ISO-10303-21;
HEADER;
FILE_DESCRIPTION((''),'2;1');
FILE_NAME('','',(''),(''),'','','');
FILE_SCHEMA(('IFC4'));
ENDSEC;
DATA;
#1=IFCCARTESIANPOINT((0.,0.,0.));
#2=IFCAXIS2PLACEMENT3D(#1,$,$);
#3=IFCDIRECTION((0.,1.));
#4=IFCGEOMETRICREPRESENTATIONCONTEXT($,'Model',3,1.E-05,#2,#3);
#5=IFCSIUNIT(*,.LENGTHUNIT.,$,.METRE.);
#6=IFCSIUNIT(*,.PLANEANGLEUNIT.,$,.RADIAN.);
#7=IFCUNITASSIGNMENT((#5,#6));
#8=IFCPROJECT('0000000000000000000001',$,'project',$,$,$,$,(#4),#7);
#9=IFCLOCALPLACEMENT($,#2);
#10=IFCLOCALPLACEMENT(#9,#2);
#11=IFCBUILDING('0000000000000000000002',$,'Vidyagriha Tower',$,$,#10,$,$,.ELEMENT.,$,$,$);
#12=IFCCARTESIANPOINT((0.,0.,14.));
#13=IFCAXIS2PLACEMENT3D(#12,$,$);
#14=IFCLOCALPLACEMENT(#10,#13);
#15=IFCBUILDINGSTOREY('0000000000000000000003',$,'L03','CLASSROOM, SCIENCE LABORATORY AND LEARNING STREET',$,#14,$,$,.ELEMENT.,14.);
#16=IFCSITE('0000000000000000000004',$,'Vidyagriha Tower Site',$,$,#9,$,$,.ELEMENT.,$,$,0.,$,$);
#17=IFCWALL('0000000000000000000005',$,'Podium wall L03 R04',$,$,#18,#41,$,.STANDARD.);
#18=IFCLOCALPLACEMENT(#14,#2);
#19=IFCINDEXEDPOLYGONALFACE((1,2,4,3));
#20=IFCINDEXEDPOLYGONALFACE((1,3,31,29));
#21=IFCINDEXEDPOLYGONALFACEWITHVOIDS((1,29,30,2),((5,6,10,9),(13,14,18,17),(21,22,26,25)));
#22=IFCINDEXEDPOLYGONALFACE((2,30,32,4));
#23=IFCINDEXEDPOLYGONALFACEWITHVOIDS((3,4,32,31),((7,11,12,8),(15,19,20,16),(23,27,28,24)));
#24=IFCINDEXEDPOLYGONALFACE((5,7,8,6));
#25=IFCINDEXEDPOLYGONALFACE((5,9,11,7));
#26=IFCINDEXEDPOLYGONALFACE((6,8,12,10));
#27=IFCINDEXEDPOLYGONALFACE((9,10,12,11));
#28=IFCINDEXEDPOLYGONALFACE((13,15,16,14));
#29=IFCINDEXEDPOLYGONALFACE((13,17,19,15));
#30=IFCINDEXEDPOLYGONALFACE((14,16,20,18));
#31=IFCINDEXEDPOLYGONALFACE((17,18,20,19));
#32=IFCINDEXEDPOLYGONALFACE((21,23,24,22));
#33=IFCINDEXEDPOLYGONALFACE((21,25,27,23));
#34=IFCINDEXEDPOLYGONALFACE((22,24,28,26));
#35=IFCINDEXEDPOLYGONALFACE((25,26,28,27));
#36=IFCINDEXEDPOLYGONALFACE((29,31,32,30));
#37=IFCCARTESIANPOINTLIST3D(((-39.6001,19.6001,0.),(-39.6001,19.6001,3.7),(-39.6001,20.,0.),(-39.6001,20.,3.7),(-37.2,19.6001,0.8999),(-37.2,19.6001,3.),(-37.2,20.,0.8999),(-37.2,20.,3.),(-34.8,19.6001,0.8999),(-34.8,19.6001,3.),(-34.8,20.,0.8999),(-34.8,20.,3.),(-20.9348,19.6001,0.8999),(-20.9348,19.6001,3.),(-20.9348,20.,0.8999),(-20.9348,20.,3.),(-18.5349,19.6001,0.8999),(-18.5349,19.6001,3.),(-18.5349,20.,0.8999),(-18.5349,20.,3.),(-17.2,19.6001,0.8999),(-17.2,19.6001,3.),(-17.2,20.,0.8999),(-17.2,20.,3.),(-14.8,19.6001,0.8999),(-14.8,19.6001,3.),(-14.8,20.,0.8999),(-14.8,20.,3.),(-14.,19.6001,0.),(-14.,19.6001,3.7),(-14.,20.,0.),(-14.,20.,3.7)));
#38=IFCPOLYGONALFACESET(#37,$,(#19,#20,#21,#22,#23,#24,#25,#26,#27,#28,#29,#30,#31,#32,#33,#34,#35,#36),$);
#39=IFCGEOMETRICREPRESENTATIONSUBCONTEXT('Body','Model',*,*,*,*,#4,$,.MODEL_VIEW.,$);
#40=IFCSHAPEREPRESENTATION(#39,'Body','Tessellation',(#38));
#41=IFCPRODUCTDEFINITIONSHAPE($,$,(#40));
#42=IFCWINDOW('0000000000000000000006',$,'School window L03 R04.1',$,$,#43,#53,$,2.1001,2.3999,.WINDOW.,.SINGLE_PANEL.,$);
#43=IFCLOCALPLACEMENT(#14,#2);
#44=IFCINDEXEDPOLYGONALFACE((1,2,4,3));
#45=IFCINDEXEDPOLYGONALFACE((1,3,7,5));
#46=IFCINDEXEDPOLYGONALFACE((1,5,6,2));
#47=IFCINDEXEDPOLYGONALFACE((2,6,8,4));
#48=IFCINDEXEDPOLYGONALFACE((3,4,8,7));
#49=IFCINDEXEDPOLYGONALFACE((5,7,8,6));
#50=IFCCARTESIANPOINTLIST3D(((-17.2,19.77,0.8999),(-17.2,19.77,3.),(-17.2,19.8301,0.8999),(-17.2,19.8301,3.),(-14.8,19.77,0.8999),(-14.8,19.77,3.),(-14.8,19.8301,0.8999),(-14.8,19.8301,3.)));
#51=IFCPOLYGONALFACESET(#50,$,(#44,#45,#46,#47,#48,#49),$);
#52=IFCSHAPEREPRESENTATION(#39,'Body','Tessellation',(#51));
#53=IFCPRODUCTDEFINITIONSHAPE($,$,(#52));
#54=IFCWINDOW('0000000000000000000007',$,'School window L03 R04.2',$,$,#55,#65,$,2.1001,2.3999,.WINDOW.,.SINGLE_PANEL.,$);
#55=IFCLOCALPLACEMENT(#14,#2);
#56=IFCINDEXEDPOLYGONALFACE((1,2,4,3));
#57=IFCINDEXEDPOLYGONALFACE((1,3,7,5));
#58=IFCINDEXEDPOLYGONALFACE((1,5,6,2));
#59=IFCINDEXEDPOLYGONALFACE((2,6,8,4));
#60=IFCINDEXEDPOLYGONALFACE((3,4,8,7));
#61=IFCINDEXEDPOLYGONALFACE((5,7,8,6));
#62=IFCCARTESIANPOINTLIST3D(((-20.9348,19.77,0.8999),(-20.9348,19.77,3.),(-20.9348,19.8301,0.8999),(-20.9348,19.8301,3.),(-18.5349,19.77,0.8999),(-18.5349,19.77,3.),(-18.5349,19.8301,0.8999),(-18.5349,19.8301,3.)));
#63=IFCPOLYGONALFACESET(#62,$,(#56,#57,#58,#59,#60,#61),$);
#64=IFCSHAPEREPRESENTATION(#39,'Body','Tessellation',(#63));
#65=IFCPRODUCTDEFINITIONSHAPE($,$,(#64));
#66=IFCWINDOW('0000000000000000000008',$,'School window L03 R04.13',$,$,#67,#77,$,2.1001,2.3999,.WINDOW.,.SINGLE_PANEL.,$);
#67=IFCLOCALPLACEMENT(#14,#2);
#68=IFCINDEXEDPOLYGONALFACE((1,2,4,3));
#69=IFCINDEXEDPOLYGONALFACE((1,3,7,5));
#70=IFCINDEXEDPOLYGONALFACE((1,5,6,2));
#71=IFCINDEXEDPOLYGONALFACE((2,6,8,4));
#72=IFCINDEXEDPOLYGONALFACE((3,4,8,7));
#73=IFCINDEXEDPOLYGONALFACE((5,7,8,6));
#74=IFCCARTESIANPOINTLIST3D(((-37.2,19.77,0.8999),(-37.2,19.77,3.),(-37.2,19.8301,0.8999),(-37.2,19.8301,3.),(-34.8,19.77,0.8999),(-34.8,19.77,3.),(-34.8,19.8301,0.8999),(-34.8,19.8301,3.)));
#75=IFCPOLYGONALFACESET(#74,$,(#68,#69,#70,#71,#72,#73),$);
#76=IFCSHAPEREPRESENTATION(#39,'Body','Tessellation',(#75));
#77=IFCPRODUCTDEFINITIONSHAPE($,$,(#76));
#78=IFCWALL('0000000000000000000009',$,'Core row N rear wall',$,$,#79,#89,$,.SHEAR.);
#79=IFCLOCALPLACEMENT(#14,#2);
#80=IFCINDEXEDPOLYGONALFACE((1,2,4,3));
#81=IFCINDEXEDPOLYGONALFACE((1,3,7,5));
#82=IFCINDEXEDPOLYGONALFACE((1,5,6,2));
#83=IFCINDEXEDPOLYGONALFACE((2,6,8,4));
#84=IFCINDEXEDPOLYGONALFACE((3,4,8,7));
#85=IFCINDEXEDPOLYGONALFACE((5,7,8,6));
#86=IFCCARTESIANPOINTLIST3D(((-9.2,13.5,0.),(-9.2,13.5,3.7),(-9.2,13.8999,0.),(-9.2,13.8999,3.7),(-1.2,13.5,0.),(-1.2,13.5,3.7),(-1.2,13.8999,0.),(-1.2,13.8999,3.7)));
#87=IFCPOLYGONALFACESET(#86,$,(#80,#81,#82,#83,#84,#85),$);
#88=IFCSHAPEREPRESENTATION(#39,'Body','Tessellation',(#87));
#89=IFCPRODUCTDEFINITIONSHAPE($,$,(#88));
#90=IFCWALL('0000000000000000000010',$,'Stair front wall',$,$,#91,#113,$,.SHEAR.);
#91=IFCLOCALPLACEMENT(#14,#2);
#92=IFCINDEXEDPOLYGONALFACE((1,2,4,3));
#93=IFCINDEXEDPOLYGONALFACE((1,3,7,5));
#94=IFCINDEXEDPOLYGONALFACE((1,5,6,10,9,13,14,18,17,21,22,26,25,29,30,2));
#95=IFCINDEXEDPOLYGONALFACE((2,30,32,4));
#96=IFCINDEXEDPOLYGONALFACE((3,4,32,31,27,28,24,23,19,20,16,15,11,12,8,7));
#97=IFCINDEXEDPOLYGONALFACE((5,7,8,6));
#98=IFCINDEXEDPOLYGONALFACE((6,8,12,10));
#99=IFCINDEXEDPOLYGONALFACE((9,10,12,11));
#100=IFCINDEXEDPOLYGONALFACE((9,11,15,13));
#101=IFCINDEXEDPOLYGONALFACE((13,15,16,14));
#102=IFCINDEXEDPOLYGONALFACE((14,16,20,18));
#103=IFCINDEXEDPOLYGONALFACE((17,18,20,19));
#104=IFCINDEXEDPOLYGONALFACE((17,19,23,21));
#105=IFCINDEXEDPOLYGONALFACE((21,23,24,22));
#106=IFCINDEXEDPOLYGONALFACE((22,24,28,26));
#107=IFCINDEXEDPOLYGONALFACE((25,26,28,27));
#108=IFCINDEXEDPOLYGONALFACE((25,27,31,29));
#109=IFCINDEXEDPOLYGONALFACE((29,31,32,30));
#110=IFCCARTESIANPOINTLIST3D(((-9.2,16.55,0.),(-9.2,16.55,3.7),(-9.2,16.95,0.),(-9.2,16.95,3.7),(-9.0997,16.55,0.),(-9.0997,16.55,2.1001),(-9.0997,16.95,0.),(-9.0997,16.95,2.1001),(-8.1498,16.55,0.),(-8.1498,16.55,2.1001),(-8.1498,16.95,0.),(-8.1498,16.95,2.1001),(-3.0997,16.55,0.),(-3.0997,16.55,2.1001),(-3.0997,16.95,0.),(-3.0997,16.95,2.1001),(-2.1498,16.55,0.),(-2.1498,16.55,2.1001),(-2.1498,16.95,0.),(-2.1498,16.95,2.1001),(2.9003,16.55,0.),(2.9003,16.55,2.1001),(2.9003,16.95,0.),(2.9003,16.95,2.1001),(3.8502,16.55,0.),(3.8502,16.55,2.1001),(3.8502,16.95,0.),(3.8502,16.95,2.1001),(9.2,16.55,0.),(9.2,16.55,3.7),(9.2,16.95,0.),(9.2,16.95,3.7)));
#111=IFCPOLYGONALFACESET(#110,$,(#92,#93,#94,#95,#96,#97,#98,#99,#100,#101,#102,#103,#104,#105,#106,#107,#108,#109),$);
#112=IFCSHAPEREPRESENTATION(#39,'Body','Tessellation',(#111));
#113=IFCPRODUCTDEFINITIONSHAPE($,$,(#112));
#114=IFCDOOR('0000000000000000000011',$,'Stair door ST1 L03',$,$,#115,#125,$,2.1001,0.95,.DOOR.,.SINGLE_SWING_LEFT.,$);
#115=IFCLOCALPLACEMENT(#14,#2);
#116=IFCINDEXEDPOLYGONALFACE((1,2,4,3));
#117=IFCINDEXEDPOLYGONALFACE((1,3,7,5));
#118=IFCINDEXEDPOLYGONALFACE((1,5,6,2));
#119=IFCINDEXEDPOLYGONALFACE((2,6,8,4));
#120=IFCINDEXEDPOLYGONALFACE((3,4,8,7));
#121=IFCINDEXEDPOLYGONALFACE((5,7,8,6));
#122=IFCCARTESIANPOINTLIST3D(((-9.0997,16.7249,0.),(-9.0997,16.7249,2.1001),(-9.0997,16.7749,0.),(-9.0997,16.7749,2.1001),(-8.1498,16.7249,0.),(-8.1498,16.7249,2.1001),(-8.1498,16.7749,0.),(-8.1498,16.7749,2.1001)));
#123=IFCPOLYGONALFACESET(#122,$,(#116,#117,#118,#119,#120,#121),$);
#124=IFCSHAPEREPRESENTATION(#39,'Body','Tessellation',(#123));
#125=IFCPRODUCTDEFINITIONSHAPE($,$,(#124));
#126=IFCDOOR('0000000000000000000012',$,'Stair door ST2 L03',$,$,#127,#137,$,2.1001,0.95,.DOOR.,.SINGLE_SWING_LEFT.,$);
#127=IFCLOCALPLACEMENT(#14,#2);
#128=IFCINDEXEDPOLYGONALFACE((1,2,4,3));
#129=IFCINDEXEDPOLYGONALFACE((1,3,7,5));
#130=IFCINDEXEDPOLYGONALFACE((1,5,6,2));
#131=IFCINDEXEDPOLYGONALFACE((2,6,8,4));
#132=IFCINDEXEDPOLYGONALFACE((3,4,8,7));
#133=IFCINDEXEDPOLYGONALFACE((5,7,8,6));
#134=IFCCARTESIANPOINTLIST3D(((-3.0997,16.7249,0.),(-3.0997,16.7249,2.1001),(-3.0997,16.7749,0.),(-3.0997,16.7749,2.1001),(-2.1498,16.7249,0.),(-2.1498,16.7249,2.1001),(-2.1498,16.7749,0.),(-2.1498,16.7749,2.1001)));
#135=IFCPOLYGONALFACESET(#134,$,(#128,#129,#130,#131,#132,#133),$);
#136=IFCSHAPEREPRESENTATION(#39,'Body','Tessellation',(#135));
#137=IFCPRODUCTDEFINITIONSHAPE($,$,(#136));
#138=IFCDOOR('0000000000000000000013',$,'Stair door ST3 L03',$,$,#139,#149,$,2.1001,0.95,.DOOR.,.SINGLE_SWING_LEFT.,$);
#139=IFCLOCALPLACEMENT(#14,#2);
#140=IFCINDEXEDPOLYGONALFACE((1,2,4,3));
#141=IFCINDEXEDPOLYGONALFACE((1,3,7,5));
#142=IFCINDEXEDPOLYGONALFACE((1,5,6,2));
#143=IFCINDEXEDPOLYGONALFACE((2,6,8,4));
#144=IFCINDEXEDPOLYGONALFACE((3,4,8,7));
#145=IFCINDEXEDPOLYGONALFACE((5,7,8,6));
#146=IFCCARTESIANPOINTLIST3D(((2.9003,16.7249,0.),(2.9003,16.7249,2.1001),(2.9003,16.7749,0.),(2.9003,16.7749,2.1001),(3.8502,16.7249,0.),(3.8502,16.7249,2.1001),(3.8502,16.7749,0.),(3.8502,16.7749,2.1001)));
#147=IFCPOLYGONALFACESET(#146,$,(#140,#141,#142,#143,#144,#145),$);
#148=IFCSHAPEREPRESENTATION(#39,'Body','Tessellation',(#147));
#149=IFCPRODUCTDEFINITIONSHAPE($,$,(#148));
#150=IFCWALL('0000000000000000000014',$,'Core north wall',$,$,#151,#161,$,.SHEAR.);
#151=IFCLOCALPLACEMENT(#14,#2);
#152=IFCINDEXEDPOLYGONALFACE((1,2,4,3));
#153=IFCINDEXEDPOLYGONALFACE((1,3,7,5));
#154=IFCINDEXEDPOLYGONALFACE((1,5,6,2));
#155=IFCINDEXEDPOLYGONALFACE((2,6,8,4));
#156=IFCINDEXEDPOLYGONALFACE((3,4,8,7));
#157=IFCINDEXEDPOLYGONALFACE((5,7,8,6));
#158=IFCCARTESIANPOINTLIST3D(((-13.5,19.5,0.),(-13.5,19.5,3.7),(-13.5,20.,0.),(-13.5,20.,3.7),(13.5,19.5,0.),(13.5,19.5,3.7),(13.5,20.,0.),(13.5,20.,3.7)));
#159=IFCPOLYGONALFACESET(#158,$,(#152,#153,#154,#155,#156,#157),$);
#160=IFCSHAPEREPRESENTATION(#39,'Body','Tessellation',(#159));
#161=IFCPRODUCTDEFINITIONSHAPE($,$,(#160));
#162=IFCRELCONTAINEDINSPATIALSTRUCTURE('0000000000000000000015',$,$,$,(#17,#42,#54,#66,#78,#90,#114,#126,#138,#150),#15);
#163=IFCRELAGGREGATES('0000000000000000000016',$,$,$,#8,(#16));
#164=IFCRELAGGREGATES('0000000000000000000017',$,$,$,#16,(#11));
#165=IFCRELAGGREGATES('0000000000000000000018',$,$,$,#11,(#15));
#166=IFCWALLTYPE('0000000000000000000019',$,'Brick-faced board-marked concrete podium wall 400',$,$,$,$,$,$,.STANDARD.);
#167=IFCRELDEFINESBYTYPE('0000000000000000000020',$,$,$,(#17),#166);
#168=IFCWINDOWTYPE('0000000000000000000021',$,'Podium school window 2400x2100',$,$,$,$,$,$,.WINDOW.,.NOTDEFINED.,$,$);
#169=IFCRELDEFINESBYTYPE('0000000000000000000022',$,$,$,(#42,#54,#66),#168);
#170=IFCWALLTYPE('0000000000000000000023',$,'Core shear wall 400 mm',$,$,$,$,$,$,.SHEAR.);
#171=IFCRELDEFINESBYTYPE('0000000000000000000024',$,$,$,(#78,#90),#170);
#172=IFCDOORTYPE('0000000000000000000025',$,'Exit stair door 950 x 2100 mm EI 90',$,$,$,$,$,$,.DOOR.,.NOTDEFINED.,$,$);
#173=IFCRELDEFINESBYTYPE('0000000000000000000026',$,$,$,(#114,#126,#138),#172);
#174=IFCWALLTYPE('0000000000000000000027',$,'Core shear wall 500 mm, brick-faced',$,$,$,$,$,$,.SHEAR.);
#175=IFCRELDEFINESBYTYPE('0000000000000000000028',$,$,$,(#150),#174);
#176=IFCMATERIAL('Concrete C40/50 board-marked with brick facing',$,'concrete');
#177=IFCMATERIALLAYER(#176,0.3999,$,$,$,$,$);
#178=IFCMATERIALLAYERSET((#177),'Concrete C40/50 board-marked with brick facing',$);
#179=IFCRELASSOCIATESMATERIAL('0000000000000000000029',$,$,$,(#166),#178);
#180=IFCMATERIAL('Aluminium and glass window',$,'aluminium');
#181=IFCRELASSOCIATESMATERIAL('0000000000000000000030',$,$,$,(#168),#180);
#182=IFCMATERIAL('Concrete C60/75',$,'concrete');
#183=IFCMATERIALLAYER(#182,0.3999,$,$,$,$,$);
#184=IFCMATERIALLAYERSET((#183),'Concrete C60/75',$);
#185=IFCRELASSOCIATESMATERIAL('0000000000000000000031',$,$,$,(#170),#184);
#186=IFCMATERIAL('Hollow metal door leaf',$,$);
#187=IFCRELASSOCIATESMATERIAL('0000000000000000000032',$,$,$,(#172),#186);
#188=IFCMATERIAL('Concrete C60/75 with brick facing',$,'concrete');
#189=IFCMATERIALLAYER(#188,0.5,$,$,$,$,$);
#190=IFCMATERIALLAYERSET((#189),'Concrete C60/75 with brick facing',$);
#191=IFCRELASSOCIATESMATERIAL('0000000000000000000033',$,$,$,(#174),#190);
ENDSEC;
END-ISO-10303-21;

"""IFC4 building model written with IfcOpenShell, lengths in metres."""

from ifc_helpers import new_model, si_unit, direction, frame, frame_2d, origin, place, context, subcontext, project, spatial, rectangle, extrude, material, layer, layer_set, type_object, element, fill, save


model = new_model("IFC4")

# Units and contexts
model_context = context("Model", 3, precision=1e-05, world=origin(), true_north=direction((0.0, 1.0)))
body_context = subcontext(model_context, "Body", "Model", "MODEL_VIEW")
ifc_project = project(units=[si_unit("LENGTHUNIT", "METRE"), si_unit("PLANEANGLEUNIT", "RADIAN")], contexts=[model_context])

# Site, building, storey
site_placement = place(None, origin())
site = spatial("IfcSite", under=ifc_project, at=site_placement, Name="Vidyagriha Tower Site", CompositionType="ELEMENT", RefElevation=0.0)
building_placement = place(site_placement, origin())
building = spatial("IfcBuilding", under=site, at=building_placement, Name="Vidyagriha Tower", CompositionType="ELEMENT")
storey_placement = place(building_placement, frame((0.0, 0.0, 14.0)))
storey = spatial("IfcBuildingStorey", under=building, at=storey_placement, Name="L03", Description="CLASSROOM, SCIENCE LABORATORY AND LEARNING STREET", CompositionType="ELEMENT", Elevation=14.0)

# Wall, openings, windows
ifc_material_1 = material(Name="Concrete C40/50 board-marked with brick facing", Category="concrete")
ifc_layer_1 = layer(ifc_material_1, 0.3999)
ifc_layer_set_1 = layer_set([ifc_layer_1], Name="Concrete C40/50 board-marked with brick facing")
wall_type_1 = type_object("IfcWallType", Name="Brick-faced board-marked concrete podium wall 400", PredefinedType="STANDARD", material=ifc_layer_set_1)
wall_1_placement = place(storey_placement, frame((-14.0, 19.8, 0.0), z_axis=(0.0, 0.0, 1.0), x_axis=(-1.0, 0.0, 0.0)))
wall_1 = element("IfcWall", 1, at=wall_1_placement, inside=storey, type_object=wall_type_1, Name="Podium wall L03 R04", PredefinedType="STANDARD", context=body_context, shape_type="SweptSolid", body=[
    extrude(rectangle(XDim=25.6001, YDim=0.3999, at=frame_2d((12.8, 0.0))), origin(), (0.0, 0.0, 1.0), 3.7),
])
opening_1_placement = place(wall_1_placement, frame((0.8, 0.0, 0.8999)))
opening_1 = element("IfcOpeningElement", 2, at=opening_1_placement, cuts=wall_1, PredefinedType="OPENING", context=body_context, shape_type="SweptSolid", body=[
    extrude(rectangle(XDim=2.3999, YDim=2.1001, at=frame_2d((1.2, 1.05))), frame((0.0, 0.21, 0.0), z_axis=(0.0, -1.0, 0.0), x_axis=(1.0, 0.0, 0.0)), (0.0, 0.0, 1.0), 0.4199),
])
opening_2_placement = place(wall_1_placement, frame((4.5349, 0.0, 0.8999)))
opening_2 = element("IfcOpeningElement", 3, at=opening_2_placement, cuts=wall_1, PredefinedType="OPENING", context=body_context, shape_type="SweptSolid", body=[
    extrude(rectangle(XDim=2.3999, YDim=2.1001, at=frame_2d((1.2, 1.05))), frame((0.0, 0.21, 0.0), z_axis=(0.0, -1.0, 0.0), x_axis=(1.0, 0.0, 0.0)), (0.0, 0.0, 1.0), 0.4199),
])
opening_3_placement = place(wall_1_placement, frame((20.8, 0.0, 0.8999)))
opening_3 = element("IfcOpeningElement", 4, at=opening_3_placement, cuts=wall_1, PredefinedType="OPENING", context=body_context, shape_type="SweptSolid", body=[
    extrude(rectangle(XDim=2.3999, YDim=2.1001, at=frame_2d((1.2, 1.05))), frame((0.0, 0.21, 0.0), z_axis=(0.0, -1.0, 0.0), x_axis=(1.0, 0.0, 0.0)), (0.0, 0.0, 1.0), 0.4199),
])
ifc_material_2 = material(Name="Aluminium and glass window", Category="aluminium")
window_type = type_object("IfcWindowType", Name="Podium school window 2400x2100", PartitioningType="NOTDEFINED", PredefinedType="WINDOW", material=ifc_material_2)
window_1_placement = place(opening_1_placement, origin())
window_1 = element("IfcWindow", 5, at=window_1_placement, inside=storey, type_object=window_type, Name="School window L03 R04.1", OverallHeight=2.1001, OverallWidth=2.3999, PartitioningType="SINGLE_PANEL", PredefinedType="WINDOW", context=body_context, shape_type="SweptSolid", body=[
    extrude(rectangle(XDim=2.3999, YDim=2.1001, at=frame_2d((1.2, 1.05))), frame((0.0, 0.03, 0.0), z_axis=(0.0, -1.0, 0.0), x_axis=(1.0, 0.0, 0.0)), (0.0, 0.0, 1.0), 0.0601),
])
fill(opening_1, window_1)
window_2_placement = place(opening_2_placement, origin())
window_2 = element("IfcWindow", 6, at=window_2_placement, inside=storey, type_object=window_type, Name="School window L03 R04.2", OverallHeight=2.1001, OverallWidth=2.3999, PartitioningType="SINGLE_PANEL", PredefinedType="WINDOW", context=body_context, shape_type="SweptSolid", body=[
    extrude(rectangle(XDim=2.3999, YDim=2.1001, at=frame_2d((1.2, 1.05))), frame((0.0, 0.03, 0.0), z_axis=(0.0, -1.0, 0.0), x_axis=(1.0, 0.0, 0.0)), (0.0, 0.0, 1.0), 0.0601),
])
fill(opening_2, window_2)
window_3_placement = place(opening_3_placement, origin())
window_3 = element("IfcWindow", 7, at=window_3_placement, inside=storey, type_object=window_type, Name="School window L03 R04.13", OverallHeight=2.1001, OverallWidth=2.3999, PartitioningType="SINGLE_PANEL", PredefinedType="WINDOW", context=body_context, shape_type="SweptSolid", body=[
    extrude(rectangle(XDim=2.3999, YDim=2.1001, at=frame_2d((1.2, 1.05))), frame((0.0, 0.03, 0.0), z_axis=(0.0, -1.0, 0.0), x_axis=(1.0, 0.0, 0.0)), (0.0, 0.0, 1.0), 0.0601),
])
fill(opening_3, window_3)

# Wall
ifc_material_3 = material(Name="Concrete C60/75", Category="concrete")
ifc_layer_2 = layer(ifc_material_3, 0.3999)
ifc_layer_set_2 = layer_set([ifc_layer_2], Name="Concrete C60/75")
wall_type_2 = type_object("IfcWallType", Name="Core shear wall 400 mm", PredefinedType="SHEAR", material=ifc_layer_set_2)
wall_2_placement = place(storey_placement, frame((-9.2, 13.7, 0.0)))
element("IfcWall", 8, at=wall_2_placement, inside=storey, type_object=wall_type_2, Name="Core row N rear wall", PredefinedType="SHEAR", context=body_context, shape_type="SweptSolid", body=[
    extrude(rectangle(XDim=8.0, YDim=0.3999, at=frame_2d((4.0, 0.0))), origin(), (0.0, 0.0, 1.0), 3.7),
])

# Wall, openings, doors
wall_3_placement = place(storey_placement, frame((-9.2, 16.75, 0.0)))
wall_3 = element("IfcWall", 9, at=wall_3_placement, inside=storey, type_object=wall_type_2, Name="Stair front wall", PredefinedType="SHEAR", context=body_context, shape_type="SweptSolid", body=[
    extrude(rectangle(XDim=18.3999, YDim=0.3999, at=frame_2d((9.2, 0.0))), origin(), (0.0, 0.0, 1.0), 3.7),
])
opening_4_placement = place(wall_3_placement, frame((0.1001, 0.0, 0.0)))
opening_4 = element("IfcOpeningElement", 10, at=opening_4_placement, cuts=wall_3, PredefinedType="OPENING", context=body_context, shape_type="SweptSolid", body=[
    extrude(rectangle(XDim=0.95, YDim=2.1001, at=frame_2d((0.4751, 1.05))), frame((0.0, 0.21, 0.0), z_axis=(0.0, -1.0, 0.0), x_axis=(1.0, 0.0, 0.0)), (0.0, 0.0, 1.0), 0.4199),
])
opening_5_placement = place(wall_3_placement, frame((6.1001, 0.0, 0.0)))
opening_5 = element("IfcOpeningElement", 11, at=opening_5_placement, cuts=wall_3, PredefinedType="OPENING", context=body_context, shape_type="SweptSolid", body=[
    extrude(rectangle(XDim=0.95, YDim=2.1001, at=frame_2d((0.4751, 1.05))), frame((0.0, 0.21, 0.0), z_axis=(0.0, -1.0, 0.0), x_axis=(1.0, 0.0, 0.0)), (0.0, 0.0, 1.0), 0.4199),
])
opening_6_placement = place(wall_3_placement, frame((12.1001, 0.0, 0.0)))
opening_6 = element("IfcOpeningElement", 12, at=opening_6_placement, cuts=wall_3, PredefinedType="OPENING", context=body_context, shape_type="SweptSolid", body=[
    extrude(rectangle(XDim=0.95, YDim=2.1001, at=frame_2d((0.4751, 1.05))), frame((0.0, 0.21, 0.0), z_axis=(0.0, -1.0, 0.0), x_axis=(1.0, 0.0, 0.0)), (0.0, 0.0, 1.0), 0.4199),
])
ifc_material_4 = material(Name="Hollow metal door leaf")
door_type = type_object("IfcDoorType", Name="Exit stair door 950 x 2100 mm EI 90", OperationType="NOTDEFINED", PredefinedType="DOOR", material=ifc_material_4)
door_1_placement = place(opening_4_placement, origin())
door_1 = element("IfcDoor", 13, at=door_1_placement, inside=storey, type_object=door_type, Name="Stair door ST1 L03", OperationType="SINGLE_SWING_LEFT", OverallHeight=2.1001, OverallWidth=0.95, PredefinedType="DOOR", context=body_context, shape_type="SweptSolid", body=[
    extrude(rectangle(XDim=0.95, YDim=2.1001, at=frame_2d((0.4751, 1.05))), frame((0.0, 0.0249, 0.0), z_axis=(0.0, -1.0, 0.0), x_axis=(1.0, 0.0, 0.0)), (0.0, 0.0, 1.0), 0.05),
])
fill(opening_4, door_1)
door_2_placement = place(opening_5_placement, origin())
door_2 = element("IfcDoor", 14, at=door_2_placement, inside=storey, type_object=door_type, Name="Stair door ST2 L03", OperationType="SINGLE_SWING_LEFT", OverallHeight=2.1001, OverallWidth=0.95, PredefinedType="DOOR", context=body_context, shape_type="SweptSolid", body=[
    extrude(rectangle(XDim=0.95, YDim=2.1001, at=frame_2d((0.4751, 1.05))), frame((0.0, 0.0249, 0.0), z_axis=(0.0, -1.0, 0.0), x_axis=(1.0, 0.0, 0.0)), (0.0, 0.0, 1.0), 0.05),
])
fill(opening_5, door_2)
door_3_placement = place(opening_6_placement, origin())
door_3 = element("IfcDoor", 15, at=door_3_placement, inside=storey, type_object=door_type, Name="Stair door ST3 L03", OperationType="SINGLE_SWING_LEFT", OverallHeight=2.1001, OverallWidth=0.95, PredefinedType="DOOR", context=body_context, shape_type="SweptSolid", body=[
    extrude(rectangle(XDim=0.95, YDim=2.1001, at=frame_2d((0.4751, 1.05))), frame((0.0, 0.0249, 0.0), z_axis=(0.0, -1.0, 0.0), x_axis=(1.0, 0.0, 0.0)), (0.0, 0.0, 1.0), 0.05),
])
fill(opening_6, door_3)

# Wall
ifc_material_5 = material(Name="Concrete C60/75 with brick facing", Category="concrete")
ifc_layer_3 = layer(ifc_material_5, 0.5)
ifc_layer_set_3 = layer_set([ifc_layer_3], Name="Concrete C60/75 with brick facing")
wall_type_3 = type_object("IfcWallType", Name="Core shear wall 500 mm, brick-faced", PredefinedType="SHEAR", material=ifc_layer_set_3)
wall_4_placement = place(storey_placement, frame((-13.5, 19.75, 0.0)))
element("IfcWall", 16, at=wall_4_placement, inside=storey, type_object=wall_type_3, Name="Core north wall", PredefinedType="SHEAR", context=body_context, shape_type="SweptSolid", body=[
    extrude(rectangle(XDim=27.0, YDim=0.5, at=frame_2d((13.5, 0.0))), origin(), (0.0, 0.0, 1.0), 3.7),
])

save(model, "model.ifc")
